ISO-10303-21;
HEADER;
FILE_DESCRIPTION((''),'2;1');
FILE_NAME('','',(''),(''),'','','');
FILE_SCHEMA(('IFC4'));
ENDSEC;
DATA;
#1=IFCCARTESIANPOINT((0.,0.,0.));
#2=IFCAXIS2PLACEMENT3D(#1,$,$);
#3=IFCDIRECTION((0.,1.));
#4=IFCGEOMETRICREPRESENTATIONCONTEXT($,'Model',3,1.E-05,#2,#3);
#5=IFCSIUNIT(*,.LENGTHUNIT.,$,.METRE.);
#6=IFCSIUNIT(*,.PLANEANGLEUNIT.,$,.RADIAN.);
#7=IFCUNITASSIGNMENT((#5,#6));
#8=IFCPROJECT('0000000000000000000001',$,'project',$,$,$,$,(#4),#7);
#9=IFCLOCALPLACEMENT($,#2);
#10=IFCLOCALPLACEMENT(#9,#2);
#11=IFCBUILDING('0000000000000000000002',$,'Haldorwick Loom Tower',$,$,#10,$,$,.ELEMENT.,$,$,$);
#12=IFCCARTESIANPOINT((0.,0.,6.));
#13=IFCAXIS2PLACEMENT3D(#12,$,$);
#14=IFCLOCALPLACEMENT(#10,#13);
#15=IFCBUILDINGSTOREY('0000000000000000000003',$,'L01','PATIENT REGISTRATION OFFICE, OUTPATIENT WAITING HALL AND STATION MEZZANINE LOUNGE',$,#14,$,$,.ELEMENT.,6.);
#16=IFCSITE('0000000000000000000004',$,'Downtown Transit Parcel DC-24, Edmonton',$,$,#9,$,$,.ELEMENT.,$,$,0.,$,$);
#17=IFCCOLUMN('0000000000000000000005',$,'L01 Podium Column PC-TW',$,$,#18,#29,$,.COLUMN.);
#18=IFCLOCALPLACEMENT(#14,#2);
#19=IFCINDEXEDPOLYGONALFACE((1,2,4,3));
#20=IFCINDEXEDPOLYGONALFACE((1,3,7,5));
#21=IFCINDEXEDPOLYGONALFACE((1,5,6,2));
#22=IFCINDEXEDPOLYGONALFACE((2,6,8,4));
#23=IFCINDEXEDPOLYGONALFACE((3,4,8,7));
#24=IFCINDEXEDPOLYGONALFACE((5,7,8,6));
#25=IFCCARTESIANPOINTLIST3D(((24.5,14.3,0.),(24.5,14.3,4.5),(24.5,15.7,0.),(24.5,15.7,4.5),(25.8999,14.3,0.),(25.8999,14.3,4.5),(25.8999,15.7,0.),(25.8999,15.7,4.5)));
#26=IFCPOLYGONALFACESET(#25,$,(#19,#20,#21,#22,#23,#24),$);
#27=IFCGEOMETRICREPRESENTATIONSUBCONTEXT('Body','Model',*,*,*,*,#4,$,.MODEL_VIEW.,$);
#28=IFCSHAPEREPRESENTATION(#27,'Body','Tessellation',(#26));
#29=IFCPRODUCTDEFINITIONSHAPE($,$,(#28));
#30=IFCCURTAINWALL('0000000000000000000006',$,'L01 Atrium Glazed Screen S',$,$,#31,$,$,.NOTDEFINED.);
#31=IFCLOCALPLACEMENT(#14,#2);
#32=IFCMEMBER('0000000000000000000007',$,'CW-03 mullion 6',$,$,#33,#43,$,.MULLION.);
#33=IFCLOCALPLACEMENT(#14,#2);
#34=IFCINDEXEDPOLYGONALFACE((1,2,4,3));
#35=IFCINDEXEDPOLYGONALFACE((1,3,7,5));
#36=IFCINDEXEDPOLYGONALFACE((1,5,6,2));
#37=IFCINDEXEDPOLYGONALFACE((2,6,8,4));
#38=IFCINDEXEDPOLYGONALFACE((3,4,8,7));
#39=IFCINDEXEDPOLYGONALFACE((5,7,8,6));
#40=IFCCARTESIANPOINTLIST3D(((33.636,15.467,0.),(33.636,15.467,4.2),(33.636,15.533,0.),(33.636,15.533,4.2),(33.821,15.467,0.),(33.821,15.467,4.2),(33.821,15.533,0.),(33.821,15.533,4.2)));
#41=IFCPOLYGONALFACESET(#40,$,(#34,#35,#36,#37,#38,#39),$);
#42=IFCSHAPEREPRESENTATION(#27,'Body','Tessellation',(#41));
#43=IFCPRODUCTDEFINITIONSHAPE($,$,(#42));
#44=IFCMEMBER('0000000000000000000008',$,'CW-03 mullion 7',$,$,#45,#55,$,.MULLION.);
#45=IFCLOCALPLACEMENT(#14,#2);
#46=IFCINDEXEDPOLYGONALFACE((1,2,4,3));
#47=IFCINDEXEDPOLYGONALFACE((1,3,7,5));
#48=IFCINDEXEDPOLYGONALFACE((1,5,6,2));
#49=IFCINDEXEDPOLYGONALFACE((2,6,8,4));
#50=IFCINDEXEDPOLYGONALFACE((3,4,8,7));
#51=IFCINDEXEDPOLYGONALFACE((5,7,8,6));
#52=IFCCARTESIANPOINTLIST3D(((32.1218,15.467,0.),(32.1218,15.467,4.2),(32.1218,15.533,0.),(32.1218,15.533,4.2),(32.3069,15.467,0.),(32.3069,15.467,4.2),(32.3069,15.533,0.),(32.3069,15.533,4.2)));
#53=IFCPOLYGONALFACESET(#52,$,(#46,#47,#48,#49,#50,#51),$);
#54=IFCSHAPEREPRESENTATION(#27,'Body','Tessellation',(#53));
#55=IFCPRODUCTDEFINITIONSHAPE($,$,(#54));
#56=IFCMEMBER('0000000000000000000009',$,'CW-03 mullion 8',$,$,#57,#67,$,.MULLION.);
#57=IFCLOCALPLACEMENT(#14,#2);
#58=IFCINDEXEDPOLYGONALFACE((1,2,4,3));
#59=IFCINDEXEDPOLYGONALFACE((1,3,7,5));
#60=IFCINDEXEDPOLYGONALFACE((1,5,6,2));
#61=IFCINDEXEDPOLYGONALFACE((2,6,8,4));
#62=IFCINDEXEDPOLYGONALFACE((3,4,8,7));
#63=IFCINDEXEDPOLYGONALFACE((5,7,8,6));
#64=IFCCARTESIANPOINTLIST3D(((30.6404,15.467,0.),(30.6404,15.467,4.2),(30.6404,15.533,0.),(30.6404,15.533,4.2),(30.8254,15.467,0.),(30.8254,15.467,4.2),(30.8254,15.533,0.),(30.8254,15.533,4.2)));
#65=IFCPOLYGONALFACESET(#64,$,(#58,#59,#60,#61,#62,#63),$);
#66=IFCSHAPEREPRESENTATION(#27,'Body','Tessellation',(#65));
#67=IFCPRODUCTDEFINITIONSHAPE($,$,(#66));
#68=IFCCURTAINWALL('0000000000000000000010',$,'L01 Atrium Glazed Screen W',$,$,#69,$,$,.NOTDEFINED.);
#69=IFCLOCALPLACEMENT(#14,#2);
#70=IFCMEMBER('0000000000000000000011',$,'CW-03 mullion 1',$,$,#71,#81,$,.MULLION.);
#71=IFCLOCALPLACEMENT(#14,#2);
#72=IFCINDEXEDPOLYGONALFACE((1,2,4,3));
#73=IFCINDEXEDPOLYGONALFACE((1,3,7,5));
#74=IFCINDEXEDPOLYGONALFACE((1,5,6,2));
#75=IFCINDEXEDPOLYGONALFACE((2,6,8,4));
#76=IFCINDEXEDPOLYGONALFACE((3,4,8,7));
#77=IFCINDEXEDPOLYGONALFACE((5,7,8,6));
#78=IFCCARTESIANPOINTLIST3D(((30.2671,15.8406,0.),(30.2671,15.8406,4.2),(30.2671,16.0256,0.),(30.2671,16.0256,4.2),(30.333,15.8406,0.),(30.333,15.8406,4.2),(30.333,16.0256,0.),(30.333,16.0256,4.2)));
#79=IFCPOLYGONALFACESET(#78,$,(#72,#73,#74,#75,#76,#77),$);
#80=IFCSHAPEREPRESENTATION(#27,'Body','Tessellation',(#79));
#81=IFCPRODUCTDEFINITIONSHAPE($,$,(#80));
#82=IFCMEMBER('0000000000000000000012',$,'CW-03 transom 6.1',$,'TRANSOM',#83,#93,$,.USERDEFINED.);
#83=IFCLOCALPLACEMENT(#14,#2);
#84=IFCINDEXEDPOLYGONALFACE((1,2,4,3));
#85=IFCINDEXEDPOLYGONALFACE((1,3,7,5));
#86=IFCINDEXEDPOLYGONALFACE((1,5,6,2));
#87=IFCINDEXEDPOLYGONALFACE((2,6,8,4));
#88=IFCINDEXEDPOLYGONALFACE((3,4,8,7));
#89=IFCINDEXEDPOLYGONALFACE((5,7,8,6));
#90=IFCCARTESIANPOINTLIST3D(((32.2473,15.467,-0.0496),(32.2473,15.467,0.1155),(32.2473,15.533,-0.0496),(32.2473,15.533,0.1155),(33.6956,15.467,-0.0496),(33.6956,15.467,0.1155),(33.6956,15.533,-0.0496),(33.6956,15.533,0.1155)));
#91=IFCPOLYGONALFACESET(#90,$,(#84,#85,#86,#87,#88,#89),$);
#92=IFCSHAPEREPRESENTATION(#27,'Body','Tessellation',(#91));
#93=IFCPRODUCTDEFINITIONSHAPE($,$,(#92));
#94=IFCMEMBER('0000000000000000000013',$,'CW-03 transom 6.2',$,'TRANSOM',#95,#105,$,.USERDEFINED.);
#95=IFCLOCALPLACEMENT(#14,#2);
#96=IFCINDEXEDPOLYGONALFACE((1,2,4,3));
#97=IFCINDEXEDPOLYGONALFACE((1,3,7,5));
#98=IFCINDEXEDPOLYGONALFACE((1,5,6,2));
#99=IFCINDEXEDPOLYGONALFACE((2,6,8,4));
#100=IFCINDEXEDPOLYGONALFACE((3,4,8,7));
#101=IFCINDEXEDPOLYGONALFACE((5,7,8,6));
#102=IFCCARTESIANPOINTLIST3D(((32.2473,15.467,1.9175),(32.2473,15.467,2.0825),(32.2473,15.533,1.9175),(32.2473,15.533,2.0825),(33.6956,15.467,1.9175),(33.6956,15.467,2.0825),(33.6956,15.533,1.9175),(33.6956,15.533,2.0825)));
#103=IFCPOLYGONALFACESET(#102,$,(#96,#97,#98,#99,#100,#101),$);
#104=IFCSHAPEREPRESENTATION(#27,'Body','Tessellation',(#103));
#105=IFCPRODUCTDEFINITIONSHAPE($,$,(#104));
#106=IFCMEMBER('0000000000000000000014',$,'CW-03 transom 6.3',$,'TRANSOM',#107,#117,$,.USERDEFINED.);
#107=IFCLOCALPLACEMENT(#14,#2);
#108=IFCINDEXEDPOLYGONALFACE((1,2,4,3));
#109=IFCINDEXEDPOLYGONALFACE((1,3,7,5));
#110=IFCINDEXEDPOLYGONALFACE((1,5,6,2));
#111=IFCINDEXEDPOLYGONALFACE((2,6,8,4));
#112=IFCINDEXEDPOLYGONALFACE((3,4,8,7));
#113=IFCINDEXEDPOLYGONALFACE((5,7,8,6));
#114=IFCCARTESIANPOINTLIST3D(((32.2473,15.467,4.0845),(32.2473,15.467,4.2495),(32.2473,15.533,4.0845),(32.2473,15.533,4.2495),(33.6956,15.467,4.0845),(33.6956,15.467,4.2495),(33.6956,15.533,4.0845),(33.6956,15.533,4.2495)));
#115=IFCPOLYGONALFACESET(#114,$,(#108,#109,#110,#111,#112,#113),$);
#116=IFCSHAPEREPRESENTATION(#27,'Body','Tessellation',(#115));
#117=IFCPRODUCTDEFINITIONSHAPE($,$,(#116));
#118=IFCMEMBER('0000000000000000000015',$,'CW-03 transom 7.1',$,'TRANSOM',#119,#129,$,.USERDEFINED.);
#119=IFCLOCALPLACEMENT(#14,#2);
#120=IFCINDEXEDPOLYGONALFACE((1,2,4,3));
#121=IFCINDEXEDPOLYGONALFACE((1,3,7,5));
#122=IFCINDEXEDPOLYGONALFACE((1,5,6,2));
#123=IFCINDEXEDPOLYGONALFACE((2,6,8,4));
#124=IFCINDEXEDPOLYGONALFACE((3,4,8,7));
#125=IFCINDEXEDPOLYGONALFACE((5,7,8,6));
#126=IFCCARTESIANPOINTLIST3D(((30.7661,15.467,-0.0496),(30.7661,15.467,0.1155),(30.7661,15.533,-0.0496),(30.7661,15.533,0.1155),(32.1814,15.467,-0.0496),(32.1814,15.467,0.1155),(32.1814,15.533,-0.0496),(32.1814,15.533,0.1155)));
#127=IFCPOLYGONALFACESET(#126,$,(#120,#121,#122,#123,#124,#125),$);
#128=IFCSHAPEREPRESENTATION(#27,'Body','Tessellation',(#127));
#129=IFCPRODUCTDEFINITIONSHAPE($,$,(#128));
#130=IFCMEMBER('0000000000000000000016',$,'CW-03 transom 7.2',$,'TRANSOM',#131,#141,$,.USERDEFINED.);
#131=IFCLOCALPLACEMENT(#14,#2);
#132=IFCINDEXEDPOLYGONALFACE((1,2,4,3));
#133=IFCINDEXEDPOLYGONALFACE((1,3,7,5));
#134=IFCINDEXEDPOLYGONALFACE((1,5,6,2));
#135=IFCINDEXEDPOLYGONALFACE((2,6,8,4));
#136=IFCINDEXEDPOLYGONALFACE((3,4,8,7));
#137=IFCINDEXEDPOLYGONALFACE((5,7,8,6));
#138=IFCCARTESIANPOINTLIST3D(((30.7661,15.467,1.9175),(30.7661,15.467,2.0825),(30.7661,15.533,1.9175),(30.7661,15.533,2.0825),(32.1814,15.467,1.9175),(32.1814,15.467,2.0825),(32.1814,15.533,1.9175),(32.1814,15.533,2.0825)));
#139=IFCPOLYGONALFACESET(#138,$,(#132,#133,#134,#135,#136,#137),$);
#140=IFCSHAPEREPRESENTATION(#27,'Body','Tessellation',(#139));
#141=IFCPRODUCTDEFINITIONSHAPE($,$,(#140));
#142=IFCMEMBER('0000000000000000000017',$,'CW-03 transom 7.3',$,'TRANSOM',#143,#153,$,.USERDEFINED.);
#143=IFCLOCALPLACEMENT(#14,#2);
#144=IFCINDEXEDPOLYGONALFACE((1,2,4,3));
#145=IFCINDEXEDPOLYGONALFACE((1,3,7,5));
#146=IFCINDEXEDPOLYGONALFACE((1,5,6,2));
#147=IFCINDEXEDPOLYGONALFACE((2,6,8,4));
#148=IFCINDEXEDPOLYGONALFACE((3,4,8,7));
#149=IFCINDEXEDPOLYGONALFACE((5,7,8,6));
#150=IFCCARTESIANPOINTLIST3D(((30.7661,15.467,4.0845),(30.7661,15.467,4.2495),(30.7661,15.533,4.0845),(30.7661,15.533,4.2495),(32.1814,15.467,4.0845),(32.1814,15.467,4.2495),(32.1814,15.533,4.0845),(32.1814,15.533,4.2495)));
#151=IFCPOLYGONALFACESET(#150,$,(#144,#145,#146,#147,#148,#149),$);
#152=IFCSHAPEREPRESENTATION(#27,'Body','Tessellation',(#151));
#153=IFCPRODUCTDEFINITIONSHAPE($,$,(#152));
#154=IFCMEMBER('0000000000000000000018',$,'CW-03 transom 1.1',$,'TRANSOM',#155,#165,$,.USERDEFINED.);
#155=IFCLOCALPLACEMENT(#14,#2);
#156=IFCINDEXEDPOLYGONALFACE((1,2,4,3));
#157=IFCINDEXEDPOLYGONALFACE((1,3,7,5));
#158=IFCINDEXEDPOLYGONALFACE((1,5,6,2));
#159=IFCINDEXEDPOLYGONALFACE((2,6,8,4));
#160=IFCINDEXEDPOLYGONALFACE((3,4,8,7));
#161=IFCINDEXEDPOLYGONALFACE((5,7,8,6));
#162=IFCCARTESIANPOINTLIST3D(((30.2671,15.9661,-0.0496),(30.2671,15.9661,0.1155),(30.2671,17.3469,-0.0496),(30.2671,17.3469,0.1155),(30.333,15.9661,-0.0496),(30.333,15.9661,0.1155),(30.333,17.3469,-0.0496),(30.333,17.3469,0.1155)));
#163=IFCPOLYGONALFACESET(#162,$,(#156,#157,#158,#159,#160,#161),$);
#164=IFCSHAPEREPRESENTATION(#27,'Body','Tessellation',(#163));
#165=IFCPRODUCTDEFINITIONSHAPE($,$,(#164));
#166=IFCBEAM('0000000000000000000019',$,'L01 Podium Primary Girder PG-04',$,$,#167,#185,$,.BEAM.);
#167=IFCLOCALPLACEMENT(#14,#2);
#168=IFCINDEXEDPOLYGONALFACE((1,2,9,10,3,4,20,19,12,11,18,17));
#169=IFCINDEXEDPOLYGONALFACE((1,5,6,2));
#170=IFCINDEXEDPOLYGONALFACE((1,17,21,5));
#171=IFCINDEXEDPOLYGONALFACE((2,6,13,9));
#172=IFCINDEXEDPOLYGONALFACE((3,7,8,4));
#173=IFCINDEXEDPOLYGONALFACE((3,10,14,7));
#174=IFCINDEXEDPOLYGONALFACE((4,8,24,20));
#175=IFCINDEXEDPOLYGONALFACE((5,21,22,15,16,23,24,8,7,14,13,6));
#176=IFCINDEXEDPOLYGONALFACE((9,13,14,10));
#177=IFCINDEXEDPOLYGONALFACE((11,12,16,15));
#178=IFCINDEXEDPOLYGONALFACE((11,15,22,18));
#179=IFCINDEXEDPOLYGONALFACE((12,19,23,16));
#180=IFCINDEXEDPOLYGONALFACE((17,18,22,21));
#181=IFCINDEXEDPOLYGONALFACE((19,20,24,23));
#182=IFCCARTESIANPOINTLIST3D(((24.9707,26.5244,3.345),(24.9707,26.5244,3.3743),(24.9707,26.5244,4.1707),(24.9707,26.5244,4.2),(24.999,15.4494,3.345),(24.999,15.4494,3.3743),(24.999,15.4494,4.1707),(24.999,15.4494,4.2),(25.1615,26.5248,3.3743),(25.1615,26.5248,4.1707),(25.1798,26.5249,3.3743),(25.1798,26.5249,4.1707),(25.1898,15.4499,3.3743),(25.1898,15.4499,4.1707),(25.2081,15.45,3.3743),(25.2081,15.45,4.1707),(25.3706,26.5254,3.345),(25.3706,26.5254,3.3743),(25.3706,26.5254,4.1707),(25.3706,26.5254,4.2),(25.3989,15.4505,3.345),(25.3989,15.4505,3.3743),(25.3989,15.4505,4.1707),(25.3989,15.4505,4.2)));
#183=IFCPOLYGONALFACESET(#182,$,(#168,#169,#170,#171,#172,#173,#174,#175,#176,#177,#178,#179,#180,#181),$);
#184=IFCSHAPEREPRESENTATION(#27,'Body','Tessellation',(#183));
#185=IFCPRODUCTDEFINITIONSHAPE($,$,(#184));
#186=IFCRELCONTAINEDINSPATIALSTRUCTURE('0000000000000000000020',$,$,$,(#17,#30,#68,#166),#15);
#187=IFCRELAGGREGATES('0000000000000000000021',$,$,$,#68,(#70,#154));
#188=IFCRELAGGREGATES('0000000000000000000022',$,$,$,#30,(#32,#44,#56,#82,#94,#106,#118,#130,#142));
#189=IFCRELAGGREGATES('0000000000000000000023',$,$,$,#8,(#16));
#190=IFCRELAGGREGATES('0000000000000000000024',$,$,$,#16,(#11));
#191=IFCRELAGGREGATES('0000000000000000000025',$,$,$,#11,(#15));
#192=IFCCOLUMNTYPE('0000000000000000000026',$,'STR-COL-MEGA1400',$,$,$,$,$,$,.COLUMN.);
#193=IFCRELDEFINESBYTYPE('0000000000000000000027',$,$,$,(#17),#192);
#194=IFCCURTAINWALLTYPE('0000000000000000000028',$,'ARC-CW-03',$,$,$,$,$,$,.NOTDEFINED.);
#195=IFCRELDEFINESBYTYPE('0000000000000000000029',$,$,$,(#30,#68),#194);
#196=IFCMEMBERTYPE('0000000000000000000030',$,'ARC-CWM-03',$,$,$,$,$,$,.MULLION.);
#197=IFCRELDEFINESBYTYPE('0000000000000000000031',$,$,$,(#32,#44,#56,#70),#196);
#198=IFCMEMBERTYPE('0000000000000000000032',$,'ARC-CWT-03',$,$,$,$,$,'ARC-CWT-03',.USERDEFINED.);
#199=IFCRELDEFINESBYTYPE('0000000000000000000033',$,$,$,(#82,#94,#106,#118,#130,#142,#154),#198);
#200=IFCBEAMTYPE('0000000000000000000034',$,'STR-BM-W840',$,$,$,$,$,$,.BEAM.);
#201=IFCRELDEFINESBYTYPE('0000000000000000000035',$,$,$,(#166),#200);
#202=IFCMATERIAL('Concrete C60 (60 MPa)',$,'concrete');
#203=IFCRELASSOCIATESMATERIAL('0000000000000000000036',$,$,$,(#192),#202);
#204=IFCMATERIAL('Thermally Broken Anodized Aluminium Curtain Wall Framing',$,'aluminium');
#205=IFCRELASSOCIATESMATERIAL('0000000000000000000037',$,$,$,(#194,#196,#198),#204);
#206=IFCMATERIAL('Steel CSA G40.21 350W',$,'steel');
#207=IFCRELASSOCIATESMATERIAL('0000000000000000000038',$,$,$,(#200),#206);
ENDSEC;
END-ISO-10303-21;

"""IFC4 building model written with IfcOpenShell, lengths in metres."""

from ifc_helpers import new_model, si_unit, direction, frame, origin, origin_2d, place, context, subcontext, project, spatial, rectangle, i_section, extrude, material, material_profile, profile_set, type_object, element, aggregate, save


model = new_model("IFC4")

# Units and contexts
model_context = context("Model", 3, precision=1e-05, world=origin(), true_north=direction((0.0, 1.0)))
body_context = subcontext(model_context, "Body", "Model", "MODEL_VIEW")
ifc_project = project(units=[si_unit("LENGTHUNIT", "METRE"), si_unit("PLANEANGLEUNIT", "RADIAN")], contexts=[model_context])

# Site, building, storey
site_placement = place(None, origin())
site = spatial("IfcSite", under=ifc_project, at=site_placement, Name="Downtown Transit Parcel DC-24, Edmonton", CompositionType="ELEMENT", RefElevation=0.0)
building_placement = place(site_placement, origin())
building = spatial("IfcBuilding", under=site, at=building_placement, Name="Haldorwick Loom Tower", CompositionType="ELEMENT")
storey_placement = place(building_placement, frame((0.0, 0.0, 6.0)))
storey = spatial("IfcBuildingStorey", under=building, at=storey_placement, Name="L01", Description="PATIENT REGISTRATION OFFICE, OUTPATIENT WAITING HALL AND STATION MEZZANINE LOUNGE", CompositionType="ELEMENT", Elevation=6.0)

# Column
ifc_material_1 = material(Name="Concrete C60 (60 MPa)", Category="concrete")
ifc_material_profile_1 = material_profile(ifc_material_1, rectangle(XDim=1.3999, YDim=1.3999, at=origin_2d()), Name="RC1400X1400", Category="concrete")
ifc_profile_set_1 = profile_set([ifc_material_profile_1], Name="Concrete C60 (60 MPa)")
column_type = type_object("IfcColumnType", Name="STR-COL-MEGA1400", PredefinedType="COLUMN", material=ifc_profile_set_1)
column_placement = place(storey_placement, frame((25.2, 15.0, 0.0), z_axis=(0.0, 0.0, 1.0), x_axis=(1.0, 0.0, 0.0)))
element("IfcColumn", 1, at=column_placement, inside=storey, type_object=column_type, Name="L01 Podium Column PC-TW", PredefinedType="COLUMN", context=body_context, shape_type="SweptSolid", body=[
    extrude(rectangle(XDim=1.3999, YDim=1.3999, at=origin_2d()), origin(), (0.0, 0.0, 1.0), 4.5),
])

# Curtain wall, members
ifc_material_2 = material(Name="Thermally Broken Anodized Aluminium Curtain Wall Framing", Category="aluminium")
curtain_wall_type = type_object("IfcCurtainWallType", Name="ARC-CW-03", PredefinedType="NOTDEFINED", material=ifc_material_2)
curtain_wall_1_placement = place(storey_placement, origin())
curtain_wall_1 = element("IfcCurtainWall", 2, at=curtain_wall_1_placement, inside=storey, type_object=curtain_wall_type, Name="L01 Atrium Glazed Screen S", PredefinedType="NOTDEFINED")
ifc_material_profile_2 = material_profile(ifc_material_2, rectangle(XDim=0.0659, YDim=0.1851, at=origin_2d()), Name="ALU_MUL_66X185", Category="aluminium")
ifc_profile_set_2 = profile_set([ifc_material_profile_2], Name="Thermally Broken Anodized Aluminium Curtain Wall Framing")
member_type_1 = type_object("IfcMemberType", Name="ARC-CWM-03", PredefinedType="MULLION", material=ifc_profile_set_2)
member_1_placement = place(storey_placement, frame((33.7285, 15.5, 0.0), z_axis=(0.0, 0.0, 1.0), x_axis=(0.0, -1.0, 0.0)))
member_1 = element("IfcMember", 3, at=member_1_placement, type_object=member_type_1, Name="CW-03 mullion 6", PredefinedType="MULLION", context=body_context, shape_type="SweptSolid", body=[
    extrude(rectangle(XDim=0.0659, YDim=0.1851, at=origin_2d()), origin(), (0.0, 0.0, 1.0), 4.2),
])
member_2_placement = place(storey_placement, frame((32.2144, 15.5, 0.0), z_axis=(0.0, 0.0, 1.0), x_axis=(0.0, -1.0, 0.0)))
member_2 = element("IfcMember", 4, at=member_2_placement, type_object=member_type_1, Name="CW-03 mullion 7", PredefinedType="MULLION", context=body_context, shape_type="SweptSolid", body=[
    extrude(rectangle(XDim=0.0659, YDim=0.1851, at=origin_2d()), origin(), (0.0, 0.0, 1.0), 4.2),
])
member_3_placement = place(storey_placement, frame((30.7329, 15.5, 0.0), z_axis=(0.0, 0.0, 1.0), x_axis=(0.0, -1.0, 0.0)))
member_3 = element("IfcMember", 5, at=member_3_placement, type_object=member_type_1, Name="CW-03 mullion 8", PredefinedType="MULLION", context=body_context, shape_type="SweptSolid", body=[
    extrude(rectangle(XDim=0.0659, YDim=0.1851, at=origin_2d()), origin(), (0.0, 0.0, 1.0), 4.2),
])

# Curtain wall, member
curtain_wall_2_placement = place(storey_placement, origin())
curtain_wall_2 = element("IfcCurtainWall", 6, at=curtain_wall_2_placement, inside=storey, type_object=curtain_wall_type, Name="L01 Atrium Glazed Screen W", PredefinedType="NOTDEFINED")
member_4_placement = place(storey_placement, frame((30.3, 15.9331, 0.0), z_axis=(0.0, 0.0, 1.0), x_axis=(-1.0, 0.0, 0.0)))
member_4 = element("IfcMember", 7, at=member_4_placement, type_object=member_type_1, Name="CW-03 mullion 1", PredefinedType="MULLION", context=body_context, shape_type="SweptSolid", body=[
    extrude(rectangle(XDim=0.0659, YDim=0.1851, at=origin_2d()), origin(), (0.0, 0.0, 1.0), 4.2),
])

# Members
ifc_material_profile_3 = material_profile(ifc_material_2, rectangle(XDim=0.0659, YDim=0.165, at=origin_2d()), Name="ALU_TRN_66X165", Category="aluminium")
ifc_profile_set_3 = profile_set([ifc_material_profile_3], Name="Thermally Broken Anodized Aluminium Curtain Wall Framing")
member_type_2 = type_object("IfcMemberType", Name="ARC-CWT-03", ElementType="ARC-CWT-03", PredefinedType="USERDEFINED", material=ifc_profile_set_3)
member_5_placement = place(storey_placement, frame((33.6956, 15.5, 0.033), z_axis=(-1.0, 0.0, 0.0), x_axis=(0.0, -1.0, 0.0)))
member_5 = element("IfcMember", 8, at=member_5_placement, type_object=member_type_2, Name="CW-03 transom 6.1", ObjectType="TRANSOM", PredefinedType="USERDEFINED", context=body_context, shape_type="SweptSolid", body=[
    extrude(rectangle(XDim=0.0659, YDim=0.165, at=origin_2d()), origin(), (0.0, 0.0, 1.0), 1.4482),
])
member_6_placement = place(storey_placement, frame((33.6956, 15.5, 2.0), z_axis=(-1.0, 0.0, 0.0), x_axis=(0.0, -1.0, 0.0)))
member_6 = element("IfcMember", 9, at=member_6_placement, type_object=member_type_2, Name="CW-03 transom 6.2", ObjectType="TRANSOM", PredefinedType="USERDEFINED", context=body_context, shape_type="SweptSolid", body=[
    extrude(rectangle(XDim=0.0659, YDim=0.165, at=origin_2d()), origin(), (0.0, 0.0, 1.0), 1.4482),
])
member_7_placement = place(storey_placement, frame((33.6956, 15.5, 4.167), z_axis=(-1.0, 0.0, 0.0), x_axis=(0.0, -1.0, 0.0)))
member_7 = element("IfcMember", 10, at=member_7_placement, type_object=member_type_2, Name="CW-03 transom 6.3", ObjectType="TRANSOM", PredefinedType="USERDEFINED", context=body_context, shape_type="SweptSolid", body=[
    extrude(rectangle(XDim=0.0659, YDim=0.165, at=origin_2d()), origin(), (0.0, 0.0, 1.0), 1.4482),
])
member_8_placement = place(storey_placement, frame((32.1814, 15.5, 0.033), z_axis=(-1.0, 0.0, 0.0), x_axis=(0.0, -1.0, 0.0)))
member_8 = element("IfcMember", 11, at=member_8_placement, type_object=member_type_2, Name="CW-03 transom 7.1", ObjectType="TRANSOM", PredefinedType="USERDEFINED", context=body_context, shape_type="SweptSolid", body=[
    extrude(rectangle(XDim=0.0659, YDim=0.165, at=origin_2d()), origin(), (0.0, 0.0, 1.0), 1.4153),
])
member_9_placement = place(storey_placement, frame((32.1814, 15.5, 2.0), z_axis=(-1.0, 0.0, 0.0), x_axis=(0.0, -1.0, 0.0)))
member_9 = element("IfcMember", 12, at=member_9_placement, type_object=member_type_2, Name="CW-03 transom 7.2", ObjectType="TRANSOM", PredefinedType="USERDEFINED", context=body_context, shape_type="SweptSolid", body=[
    extrude(rectangle(XDim=0.0659, YDim=0.165, at=origin_2d()), origin(), (0.0, 0.0, 1.0), 1.4153),
])
member_10_placement = place(storey_placement, frame((32.1814, 15.5, 4.167), z_axis=(-1.0, 0.0, 0.0), x_axis=(0.0, -1.0, 0.0)))
member_10 = element("IfcMember", 13, at=member_10_placement, type_object=member_type_2, Name="CW-03 transom 7.3", ObjectType="TRANSOM", PredefinedType="USERDEFINED", context=body_context, shape_type="SweptSolid", body=[
    extrude(rectangle(XDim=0.0659, YDim=0.165, at=origin_2d()), origin(), (0.0, 0.0, 1.0), 1.4153),
])
member_11_placement = place(storey_placement, frame((30.3, 15.9661, 0.033), z_axis=(0.0, 1.0, 0.0), x_axis=(-1.0, 0.0, 0.0)))
member_11 = element("IfcMember", 14, at=member_11_placement, type_object=member_type_2, Name="CW-03 transom 1.1", ObjectType="TRANSOM", PredefinedType="USERDEFINED", context=body_context, shape_type="SweptSolid", body=[
    extrude(rectangle(XDim=0.0659, YDim=0.165, at=origin_2d()), origin(), (0.0, 0.0, 1.0), 1.3809),
])
aggregate(curtain_wall_2, [member_4, member_11])

# Beam
ifc_material_3 = material(Name="Steel CSA G40.21 350W", Category="steel")
ifc_material_profile_4 = material_profile(ifc_material_3, i_section(OverallWidth=0.3999, OverallDepth=0.855, WebThickness=0.0183, FlangeThickness=0.0293, at=origin_2d()), Name="W840X299", Category="steel")
ifc_profile_set_4 = profile_set([ifc_material_profile_4], Name="Steel CSA G40.21 350W")
beam_type_1 = type_object("IfcBeamType", Name="STR-BM-W840", PredefinedType="BEAM", material=ifc_profile_set_4)
beam_1_placement = place(storey_placement, frame((25.199, 15.45, 3.7725), z_axis=(-0.002557, 0.999997, 0.0), x_axis=(-0.999997, -0.002557, 0.0)))
element("IfcBeam", 15, at=beam_1_placement, inside=storey, type_object=beam_type_1, Name="L01 Podium Primary Girder PG-04", PredefinedType="BEAM", context=body_context, shape_type="SweptSolid", body=[
    extrude(i_section(OverallWidth=0.3999, OverallDepth=0.855, WebThickness=0.0183, FlangeThickness=0.0293, at=origin_2d()), origin(), (0.0, 0.0, 1.0), 11.075),
])

aggregate(curtain_wall_1, [member_1, member_2, member_3, member_5, member_6, member_7, member_8, member_9, member_10])

save(model, "model.ifc")
